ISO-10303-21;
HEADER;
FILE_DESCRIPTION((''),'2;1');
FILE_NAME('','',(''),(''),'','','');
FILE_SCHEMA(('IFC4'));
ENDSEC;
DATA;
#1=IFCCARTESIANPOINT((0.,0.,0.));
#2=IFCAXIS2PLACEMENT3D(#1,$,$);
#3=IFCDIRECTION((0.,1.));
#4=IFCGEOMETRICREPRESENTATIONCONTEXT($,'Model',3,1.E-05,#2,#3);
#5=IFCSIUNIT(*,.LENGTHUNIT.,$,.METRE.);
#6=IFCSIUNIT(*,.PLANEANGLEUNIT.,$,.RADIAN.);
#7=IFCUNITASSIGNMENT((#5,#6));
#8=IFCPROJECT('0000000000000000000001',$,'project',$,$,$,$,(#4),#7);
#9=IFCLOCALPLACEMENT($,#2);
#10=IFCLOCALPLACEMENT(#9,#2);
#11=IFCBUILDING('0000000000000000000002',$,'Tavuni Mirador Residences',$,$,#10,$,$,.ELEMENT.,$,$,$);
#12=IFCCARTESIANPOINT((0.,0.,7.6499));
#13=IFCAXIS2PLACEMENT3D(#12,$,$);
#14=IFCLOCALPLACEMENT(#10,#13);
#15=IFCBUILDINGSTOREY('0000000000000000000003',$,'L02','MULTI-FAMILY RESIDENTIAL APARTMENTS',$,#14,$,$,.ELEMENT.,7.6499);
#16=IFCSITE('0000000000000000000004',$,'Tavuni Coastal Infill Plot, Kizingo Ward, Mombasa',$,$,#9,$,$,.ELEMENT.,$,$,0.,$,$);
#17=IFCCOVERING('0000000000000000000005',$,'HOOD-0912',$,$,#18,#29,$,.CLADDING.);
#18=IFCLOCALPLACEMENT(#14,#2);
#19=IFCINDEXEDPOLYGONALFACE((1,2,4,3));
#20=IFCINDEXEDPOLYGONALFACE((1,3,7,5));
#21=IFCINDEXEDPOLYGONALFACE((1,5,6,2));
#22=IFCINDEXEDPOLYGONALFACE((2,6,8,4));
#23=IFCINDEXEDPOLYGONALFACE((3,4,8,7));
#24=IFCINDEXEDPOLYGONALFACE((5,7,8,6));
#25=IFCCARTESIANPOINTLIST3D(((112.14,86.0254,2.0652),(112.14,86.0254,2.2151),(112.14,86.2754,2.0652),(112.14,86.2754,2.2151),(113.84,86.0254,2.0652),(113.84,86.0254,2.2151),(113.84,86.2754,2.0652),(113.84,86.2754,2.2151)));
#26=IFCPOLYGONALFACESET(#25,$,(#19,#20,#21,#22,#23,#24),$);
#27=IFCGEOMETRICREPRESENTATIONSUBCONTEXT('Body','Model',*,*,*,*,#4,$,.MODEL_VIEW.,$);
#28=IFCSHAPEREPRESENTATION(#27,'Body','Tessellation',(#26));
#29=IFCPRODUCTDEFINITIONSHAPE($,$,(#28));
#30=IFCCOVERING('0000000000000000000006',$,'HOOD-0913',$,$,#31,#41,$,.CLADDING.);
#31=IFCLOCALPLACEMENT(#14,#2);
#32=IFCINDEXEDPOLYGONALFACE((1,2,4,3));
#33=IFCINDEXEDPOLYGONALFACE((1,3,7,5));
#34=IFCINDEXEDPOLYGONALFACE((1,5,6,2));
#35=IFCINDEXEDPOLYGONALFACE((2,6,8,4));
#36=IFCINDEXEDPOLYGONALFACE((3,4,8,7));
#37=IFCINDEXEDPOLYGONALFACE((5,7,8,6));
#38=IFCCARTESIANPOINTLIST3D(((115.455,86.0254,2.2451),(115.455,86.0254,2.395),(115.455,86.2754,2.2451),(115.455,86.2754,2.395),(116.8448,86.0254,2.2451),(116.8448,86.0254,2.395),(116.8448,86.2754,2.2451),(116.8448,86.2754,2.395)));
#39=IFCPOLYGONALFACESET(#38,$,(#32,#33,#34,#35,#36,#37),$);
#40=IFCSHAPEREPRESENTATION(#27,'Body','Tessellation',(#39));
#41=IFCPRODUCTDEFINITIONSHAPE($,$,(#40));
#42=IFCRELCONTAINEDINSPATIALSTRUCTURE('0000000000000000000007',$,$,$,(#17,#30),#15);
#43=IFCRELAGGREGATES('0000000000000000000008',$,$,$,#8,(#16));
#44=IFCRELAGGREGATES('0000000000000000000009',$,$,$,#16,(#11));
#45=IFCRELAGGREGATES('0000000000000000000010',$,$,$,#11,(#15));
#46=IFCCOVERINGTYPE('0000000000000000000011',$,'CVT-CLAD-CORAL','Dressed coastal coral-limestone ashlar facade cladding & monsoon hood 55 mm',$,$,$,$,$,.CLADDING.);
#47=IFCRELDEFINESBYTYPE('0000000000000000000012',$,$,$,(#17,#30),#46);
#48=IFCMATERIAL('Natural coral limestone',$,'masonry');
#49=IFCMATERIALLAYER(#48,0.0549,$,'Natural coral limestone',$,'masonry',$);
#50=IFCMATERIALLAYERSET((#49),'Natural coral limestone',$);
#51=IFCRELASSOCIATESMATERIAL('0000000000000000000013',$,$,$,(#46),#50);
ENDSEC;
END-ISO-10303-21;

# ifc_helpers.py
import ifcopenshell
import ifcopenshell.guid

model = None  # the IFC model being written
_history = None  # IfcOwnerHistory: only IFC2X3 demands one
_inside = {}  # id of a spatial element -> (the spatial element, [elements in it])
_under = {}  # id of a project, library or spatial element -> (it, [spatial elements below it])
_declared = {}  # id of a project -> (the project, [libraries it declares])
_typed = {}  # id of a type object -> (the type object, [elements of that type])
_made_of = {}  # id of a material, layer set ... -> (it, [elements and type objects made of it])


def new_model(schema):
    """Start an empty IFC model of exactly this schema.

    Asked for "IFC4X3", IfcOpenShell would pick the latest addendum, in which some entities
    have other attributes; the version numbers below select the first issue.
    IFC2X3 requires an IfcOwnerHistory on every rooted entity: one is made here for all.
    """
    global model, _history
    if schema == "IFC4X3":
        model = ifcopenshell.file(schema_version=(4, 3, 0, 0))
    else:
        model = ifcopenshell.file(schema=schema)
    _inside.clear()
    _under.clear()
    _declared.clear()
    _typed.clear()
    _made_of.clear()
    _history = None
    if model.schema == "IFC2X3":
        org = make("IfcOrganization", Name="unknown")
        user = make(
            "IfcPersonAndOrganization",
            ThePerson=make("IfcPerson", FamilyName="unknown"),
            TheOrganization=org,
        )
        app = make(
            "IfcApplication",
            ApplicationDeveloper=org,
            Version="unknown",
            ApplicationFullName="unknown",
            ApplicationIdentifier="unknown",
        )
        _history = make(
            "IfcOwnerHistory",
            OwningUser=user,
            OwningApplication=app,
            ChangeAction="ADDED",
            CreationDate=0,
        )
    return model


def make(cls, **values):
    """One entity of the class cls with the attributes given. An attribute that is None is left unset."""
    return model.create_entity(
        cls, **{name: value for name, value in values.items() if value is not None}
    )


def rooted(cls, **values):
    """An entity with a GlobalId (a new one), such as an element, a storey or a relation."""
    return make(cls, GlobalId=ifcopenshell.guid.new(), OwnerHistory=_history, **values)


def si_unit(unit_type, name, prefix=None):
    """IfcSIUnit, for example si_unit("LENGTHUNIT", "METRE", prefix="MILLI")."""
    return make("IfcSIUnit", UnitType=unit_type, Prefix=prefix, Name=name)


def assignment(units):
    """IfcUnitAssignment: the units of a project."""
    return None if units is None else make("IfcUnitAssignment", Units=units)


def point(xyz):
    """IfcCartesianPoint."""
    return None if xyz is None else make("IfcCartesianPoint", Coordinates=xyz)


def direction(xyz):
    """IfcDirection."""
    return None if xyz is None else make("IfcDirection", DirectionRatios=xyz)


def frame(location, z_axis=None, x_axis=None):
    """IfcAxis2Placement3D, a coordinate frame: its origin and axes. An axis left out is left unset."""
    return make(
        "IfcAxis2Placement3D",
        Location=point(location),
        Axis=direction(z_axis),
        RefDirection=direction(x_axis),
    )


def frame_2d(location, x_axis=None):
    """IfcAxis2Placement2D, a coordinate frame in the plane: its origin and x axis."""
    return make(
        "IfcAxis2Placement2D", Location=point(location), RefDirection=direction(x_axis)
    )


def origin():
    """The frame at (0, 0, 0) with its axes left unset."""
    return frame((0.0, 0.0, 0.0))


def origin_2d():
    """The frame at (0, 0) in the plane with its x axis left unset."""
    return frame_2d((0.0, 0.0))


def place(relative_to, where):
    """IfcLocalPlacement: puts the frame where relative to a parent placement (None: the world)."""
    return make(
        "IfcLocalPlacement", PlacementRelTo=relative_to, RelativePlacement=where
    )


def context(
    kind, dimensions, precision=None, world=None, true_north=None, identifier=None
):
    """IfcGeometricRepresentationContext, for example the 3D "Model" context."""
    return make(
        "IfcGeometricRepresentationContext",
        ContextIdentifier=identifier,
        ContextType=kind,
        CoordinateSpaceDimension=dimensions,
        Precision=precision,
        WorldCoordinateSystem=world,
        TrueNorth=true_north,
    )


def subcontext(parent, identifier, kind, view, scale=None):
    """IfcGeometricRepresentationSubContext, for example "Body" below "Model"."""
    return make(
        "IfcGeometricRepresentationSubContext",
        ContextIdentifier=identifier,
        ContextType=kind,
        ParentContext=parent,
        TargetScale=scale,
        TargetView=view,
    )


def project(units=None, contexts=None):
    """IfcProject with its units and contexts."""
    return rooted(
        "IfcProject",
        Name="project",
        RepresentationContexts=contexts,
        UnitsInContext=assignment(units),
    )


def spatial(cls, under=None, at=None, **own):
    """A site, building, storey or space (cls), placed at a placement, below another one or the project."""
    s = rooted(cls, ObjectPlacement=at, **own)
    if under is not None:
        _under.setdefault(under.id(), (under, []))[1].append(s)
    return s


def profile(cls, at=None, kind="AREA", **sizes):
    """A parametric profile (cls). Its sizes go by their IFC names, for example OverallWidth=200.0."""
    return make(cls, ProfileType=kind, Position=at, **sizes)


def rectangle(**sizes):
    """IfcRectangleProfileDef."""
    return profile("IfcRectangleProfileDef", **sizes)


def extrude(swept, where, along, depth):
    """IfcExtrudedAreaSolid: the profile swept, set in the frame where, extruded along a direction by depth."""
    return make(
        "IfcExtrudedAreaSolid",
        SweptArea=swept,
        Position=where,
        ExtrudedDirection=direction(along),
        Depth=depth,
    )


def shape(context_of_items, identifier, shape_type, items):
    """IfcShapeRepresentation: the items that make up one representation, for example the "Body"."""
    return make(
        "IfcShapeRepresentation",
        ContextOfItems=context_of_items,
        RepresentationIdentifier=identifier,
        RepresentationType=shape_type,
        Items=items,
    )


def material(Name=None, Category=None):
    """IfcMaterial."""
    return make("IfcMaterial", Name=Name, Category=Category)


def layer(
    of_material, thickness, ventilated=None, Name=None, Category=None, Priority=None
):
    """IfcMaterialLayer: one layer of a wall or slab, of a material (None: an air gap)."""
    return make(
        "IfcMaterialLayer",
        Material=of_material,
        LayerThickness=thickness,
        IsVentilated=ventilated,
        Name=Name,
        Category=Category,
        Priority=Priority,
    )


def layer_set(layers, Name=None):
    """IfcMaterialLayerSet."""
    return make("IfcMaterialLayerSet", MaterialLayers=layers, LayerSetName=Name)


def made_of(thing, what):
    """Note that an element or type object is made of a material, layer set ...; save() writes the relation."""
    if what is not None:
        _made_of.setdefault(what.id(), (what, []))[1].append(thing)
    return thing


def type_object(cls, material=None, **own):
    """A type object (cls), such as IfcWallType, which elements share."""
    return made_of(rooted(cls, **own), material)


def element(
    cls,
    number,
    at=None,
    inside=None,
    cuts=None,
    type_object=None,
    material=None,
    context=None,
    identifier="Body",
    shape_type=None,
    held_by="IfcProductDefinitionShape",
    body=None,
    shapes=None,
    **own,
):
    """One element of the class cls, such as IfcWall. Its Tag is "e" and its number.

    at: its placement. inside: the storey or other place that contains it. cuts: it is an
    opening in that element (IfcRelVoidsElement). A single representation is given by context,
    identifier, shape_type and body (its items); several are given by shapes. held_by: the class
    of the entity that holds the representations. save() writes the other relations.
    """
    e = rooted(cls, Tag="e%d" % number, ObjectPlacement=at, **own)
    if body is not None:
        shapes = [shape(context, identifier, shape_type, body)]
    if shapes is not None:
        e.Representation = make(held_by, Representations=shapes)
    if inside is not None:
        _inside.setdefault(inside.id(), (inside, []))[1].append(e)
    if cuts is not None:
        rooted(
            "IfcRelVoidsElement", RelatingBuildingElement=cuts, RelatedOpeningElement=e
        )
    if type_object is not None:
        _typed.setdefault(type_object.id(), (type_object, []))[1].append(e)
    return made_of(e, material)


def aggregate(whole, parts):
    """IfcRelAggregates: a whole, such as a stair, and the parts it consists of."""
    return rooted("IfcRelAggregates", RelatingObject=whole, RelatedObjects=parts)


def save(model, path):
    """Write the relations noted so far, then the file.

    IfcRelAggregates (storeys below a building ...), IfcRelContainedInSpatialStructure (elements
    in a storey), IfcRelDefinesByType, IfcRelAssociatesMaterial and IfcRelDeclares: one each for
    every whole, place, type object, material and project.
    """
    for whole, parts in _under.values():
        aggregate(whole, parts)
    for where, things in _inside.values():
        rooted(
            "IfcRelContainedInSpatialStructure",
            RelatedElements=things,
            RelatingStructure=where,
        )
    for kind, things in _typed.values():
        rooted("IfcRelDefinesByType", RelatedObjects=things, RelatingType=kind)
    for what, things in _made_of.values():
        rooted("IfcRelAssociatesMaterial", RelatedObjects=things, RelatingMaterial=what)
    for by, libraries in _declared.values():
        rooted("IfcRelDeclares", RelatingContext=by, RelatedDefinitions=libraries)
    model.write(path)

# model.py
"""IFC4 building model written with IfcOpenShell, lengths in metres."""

from ifc_helpers import new_model, si_unit, direction, frame, origin, origin_2d, place, context, subcontext, project, spatial, rectangle, extrude, material, layer, layer_set, type_object, element, save


model = new_model("IFC4")

# Units and contexts
model_context = context("Model", 3, precision=1e-05, world=origin(), true_north=direction((0.0, 1.0)))
body_context = subcontext(model_context, "Body", "Model", "MODEL_VIEW")
ifc_project = project(units=[si_unit("LENGTHUNIT", "METRE"), si_unit("PLANEANGLEUNIT", "RADIAN")], contexts=[model_context])

# Site, building, storey
site_placement = place(None, origin())
site = spatial("IfcSite", under=ifc_project, at=site_placement, Name="Tavuni Coastal Infill Plot, Kizingo Ward, Mombasa", CompositionType="ELEMENT", RefElevation=0.0)
building_placement = place(site_placement, origin())
building = spatial("IfcBuilding", under=site, at=building_placement, Name="Tavuni Mirador Residences", CompositionType="ELEMENT")
storey_placement = place(building_placement, frame((0.0, 0.0, 7.6499)))
storey = spatial("IfcBuildingStorey", under=building, at=storey_placement, Name="L02", Description="MULTI-FAMILY RESIDENTIAL APARTMENTS", CompositionType="ELEMENT", Elevation=7.6499)

# Coverings
ifc_material_1 = material(Name="Natural coral limestone", Category="masonry")
ifc_layer_1 = layer(ifc_material_1, 0.0549, Name="Natural coral limestone", Category="masonry")
ifc_layer_set_1 = layer_set([ifc_layer_1], Name="Natural coral limestone")
covering_type = type_object("IfcCoveringType", Name="CVT-CLAD-CORAL", Description="Dressed coastal coral-limestone ashlar facade cladding & monsoon hood 55 mm", PredefinedType="CLADDING", material=ifc_layer_set_1)
covering_1_placement = place(storey_placement, frame((112.99, 86.1504, 2.0652), z_axis=(0.0, 0.0, 1.0), x_axis=(1.0, 0.0, 0.0)))
element("IfcCovering", 1, at=covering_1_placement, inside=storey, type_object=covering_type, Name="HOOD-0912", PredefinedType="CLADDING", context=body_context, shape_type="SweptSolid", body=[
    extrude(rectangle(XDim=1.7, YDim=0.25, at=origin_2d()), origin(), (0.0, 0.0, 1.0), 0.1499),
])
covering_2_placement = place(storey_placement, frame((116.1499, 86.1504, 2.2451), z_axis=(0.0, 0.0, 1.0), x_axis=(1.0, 0.0, 0.0)))
element("IfcCovering", 2, at=covering_2_placement, inside=storey, type_object=covering_type, Name="HOOD-0913", PredefinedType="CLADDING", context=body_context, shape_type="SweptSolid", body=[
    extrude(rectangle(XDim=1.3899, YDim=0.25, at=origin_2d()), origin(), (0.0, 0.0, 1.0), 0.1499),
])

save(model, "model.ifc")
